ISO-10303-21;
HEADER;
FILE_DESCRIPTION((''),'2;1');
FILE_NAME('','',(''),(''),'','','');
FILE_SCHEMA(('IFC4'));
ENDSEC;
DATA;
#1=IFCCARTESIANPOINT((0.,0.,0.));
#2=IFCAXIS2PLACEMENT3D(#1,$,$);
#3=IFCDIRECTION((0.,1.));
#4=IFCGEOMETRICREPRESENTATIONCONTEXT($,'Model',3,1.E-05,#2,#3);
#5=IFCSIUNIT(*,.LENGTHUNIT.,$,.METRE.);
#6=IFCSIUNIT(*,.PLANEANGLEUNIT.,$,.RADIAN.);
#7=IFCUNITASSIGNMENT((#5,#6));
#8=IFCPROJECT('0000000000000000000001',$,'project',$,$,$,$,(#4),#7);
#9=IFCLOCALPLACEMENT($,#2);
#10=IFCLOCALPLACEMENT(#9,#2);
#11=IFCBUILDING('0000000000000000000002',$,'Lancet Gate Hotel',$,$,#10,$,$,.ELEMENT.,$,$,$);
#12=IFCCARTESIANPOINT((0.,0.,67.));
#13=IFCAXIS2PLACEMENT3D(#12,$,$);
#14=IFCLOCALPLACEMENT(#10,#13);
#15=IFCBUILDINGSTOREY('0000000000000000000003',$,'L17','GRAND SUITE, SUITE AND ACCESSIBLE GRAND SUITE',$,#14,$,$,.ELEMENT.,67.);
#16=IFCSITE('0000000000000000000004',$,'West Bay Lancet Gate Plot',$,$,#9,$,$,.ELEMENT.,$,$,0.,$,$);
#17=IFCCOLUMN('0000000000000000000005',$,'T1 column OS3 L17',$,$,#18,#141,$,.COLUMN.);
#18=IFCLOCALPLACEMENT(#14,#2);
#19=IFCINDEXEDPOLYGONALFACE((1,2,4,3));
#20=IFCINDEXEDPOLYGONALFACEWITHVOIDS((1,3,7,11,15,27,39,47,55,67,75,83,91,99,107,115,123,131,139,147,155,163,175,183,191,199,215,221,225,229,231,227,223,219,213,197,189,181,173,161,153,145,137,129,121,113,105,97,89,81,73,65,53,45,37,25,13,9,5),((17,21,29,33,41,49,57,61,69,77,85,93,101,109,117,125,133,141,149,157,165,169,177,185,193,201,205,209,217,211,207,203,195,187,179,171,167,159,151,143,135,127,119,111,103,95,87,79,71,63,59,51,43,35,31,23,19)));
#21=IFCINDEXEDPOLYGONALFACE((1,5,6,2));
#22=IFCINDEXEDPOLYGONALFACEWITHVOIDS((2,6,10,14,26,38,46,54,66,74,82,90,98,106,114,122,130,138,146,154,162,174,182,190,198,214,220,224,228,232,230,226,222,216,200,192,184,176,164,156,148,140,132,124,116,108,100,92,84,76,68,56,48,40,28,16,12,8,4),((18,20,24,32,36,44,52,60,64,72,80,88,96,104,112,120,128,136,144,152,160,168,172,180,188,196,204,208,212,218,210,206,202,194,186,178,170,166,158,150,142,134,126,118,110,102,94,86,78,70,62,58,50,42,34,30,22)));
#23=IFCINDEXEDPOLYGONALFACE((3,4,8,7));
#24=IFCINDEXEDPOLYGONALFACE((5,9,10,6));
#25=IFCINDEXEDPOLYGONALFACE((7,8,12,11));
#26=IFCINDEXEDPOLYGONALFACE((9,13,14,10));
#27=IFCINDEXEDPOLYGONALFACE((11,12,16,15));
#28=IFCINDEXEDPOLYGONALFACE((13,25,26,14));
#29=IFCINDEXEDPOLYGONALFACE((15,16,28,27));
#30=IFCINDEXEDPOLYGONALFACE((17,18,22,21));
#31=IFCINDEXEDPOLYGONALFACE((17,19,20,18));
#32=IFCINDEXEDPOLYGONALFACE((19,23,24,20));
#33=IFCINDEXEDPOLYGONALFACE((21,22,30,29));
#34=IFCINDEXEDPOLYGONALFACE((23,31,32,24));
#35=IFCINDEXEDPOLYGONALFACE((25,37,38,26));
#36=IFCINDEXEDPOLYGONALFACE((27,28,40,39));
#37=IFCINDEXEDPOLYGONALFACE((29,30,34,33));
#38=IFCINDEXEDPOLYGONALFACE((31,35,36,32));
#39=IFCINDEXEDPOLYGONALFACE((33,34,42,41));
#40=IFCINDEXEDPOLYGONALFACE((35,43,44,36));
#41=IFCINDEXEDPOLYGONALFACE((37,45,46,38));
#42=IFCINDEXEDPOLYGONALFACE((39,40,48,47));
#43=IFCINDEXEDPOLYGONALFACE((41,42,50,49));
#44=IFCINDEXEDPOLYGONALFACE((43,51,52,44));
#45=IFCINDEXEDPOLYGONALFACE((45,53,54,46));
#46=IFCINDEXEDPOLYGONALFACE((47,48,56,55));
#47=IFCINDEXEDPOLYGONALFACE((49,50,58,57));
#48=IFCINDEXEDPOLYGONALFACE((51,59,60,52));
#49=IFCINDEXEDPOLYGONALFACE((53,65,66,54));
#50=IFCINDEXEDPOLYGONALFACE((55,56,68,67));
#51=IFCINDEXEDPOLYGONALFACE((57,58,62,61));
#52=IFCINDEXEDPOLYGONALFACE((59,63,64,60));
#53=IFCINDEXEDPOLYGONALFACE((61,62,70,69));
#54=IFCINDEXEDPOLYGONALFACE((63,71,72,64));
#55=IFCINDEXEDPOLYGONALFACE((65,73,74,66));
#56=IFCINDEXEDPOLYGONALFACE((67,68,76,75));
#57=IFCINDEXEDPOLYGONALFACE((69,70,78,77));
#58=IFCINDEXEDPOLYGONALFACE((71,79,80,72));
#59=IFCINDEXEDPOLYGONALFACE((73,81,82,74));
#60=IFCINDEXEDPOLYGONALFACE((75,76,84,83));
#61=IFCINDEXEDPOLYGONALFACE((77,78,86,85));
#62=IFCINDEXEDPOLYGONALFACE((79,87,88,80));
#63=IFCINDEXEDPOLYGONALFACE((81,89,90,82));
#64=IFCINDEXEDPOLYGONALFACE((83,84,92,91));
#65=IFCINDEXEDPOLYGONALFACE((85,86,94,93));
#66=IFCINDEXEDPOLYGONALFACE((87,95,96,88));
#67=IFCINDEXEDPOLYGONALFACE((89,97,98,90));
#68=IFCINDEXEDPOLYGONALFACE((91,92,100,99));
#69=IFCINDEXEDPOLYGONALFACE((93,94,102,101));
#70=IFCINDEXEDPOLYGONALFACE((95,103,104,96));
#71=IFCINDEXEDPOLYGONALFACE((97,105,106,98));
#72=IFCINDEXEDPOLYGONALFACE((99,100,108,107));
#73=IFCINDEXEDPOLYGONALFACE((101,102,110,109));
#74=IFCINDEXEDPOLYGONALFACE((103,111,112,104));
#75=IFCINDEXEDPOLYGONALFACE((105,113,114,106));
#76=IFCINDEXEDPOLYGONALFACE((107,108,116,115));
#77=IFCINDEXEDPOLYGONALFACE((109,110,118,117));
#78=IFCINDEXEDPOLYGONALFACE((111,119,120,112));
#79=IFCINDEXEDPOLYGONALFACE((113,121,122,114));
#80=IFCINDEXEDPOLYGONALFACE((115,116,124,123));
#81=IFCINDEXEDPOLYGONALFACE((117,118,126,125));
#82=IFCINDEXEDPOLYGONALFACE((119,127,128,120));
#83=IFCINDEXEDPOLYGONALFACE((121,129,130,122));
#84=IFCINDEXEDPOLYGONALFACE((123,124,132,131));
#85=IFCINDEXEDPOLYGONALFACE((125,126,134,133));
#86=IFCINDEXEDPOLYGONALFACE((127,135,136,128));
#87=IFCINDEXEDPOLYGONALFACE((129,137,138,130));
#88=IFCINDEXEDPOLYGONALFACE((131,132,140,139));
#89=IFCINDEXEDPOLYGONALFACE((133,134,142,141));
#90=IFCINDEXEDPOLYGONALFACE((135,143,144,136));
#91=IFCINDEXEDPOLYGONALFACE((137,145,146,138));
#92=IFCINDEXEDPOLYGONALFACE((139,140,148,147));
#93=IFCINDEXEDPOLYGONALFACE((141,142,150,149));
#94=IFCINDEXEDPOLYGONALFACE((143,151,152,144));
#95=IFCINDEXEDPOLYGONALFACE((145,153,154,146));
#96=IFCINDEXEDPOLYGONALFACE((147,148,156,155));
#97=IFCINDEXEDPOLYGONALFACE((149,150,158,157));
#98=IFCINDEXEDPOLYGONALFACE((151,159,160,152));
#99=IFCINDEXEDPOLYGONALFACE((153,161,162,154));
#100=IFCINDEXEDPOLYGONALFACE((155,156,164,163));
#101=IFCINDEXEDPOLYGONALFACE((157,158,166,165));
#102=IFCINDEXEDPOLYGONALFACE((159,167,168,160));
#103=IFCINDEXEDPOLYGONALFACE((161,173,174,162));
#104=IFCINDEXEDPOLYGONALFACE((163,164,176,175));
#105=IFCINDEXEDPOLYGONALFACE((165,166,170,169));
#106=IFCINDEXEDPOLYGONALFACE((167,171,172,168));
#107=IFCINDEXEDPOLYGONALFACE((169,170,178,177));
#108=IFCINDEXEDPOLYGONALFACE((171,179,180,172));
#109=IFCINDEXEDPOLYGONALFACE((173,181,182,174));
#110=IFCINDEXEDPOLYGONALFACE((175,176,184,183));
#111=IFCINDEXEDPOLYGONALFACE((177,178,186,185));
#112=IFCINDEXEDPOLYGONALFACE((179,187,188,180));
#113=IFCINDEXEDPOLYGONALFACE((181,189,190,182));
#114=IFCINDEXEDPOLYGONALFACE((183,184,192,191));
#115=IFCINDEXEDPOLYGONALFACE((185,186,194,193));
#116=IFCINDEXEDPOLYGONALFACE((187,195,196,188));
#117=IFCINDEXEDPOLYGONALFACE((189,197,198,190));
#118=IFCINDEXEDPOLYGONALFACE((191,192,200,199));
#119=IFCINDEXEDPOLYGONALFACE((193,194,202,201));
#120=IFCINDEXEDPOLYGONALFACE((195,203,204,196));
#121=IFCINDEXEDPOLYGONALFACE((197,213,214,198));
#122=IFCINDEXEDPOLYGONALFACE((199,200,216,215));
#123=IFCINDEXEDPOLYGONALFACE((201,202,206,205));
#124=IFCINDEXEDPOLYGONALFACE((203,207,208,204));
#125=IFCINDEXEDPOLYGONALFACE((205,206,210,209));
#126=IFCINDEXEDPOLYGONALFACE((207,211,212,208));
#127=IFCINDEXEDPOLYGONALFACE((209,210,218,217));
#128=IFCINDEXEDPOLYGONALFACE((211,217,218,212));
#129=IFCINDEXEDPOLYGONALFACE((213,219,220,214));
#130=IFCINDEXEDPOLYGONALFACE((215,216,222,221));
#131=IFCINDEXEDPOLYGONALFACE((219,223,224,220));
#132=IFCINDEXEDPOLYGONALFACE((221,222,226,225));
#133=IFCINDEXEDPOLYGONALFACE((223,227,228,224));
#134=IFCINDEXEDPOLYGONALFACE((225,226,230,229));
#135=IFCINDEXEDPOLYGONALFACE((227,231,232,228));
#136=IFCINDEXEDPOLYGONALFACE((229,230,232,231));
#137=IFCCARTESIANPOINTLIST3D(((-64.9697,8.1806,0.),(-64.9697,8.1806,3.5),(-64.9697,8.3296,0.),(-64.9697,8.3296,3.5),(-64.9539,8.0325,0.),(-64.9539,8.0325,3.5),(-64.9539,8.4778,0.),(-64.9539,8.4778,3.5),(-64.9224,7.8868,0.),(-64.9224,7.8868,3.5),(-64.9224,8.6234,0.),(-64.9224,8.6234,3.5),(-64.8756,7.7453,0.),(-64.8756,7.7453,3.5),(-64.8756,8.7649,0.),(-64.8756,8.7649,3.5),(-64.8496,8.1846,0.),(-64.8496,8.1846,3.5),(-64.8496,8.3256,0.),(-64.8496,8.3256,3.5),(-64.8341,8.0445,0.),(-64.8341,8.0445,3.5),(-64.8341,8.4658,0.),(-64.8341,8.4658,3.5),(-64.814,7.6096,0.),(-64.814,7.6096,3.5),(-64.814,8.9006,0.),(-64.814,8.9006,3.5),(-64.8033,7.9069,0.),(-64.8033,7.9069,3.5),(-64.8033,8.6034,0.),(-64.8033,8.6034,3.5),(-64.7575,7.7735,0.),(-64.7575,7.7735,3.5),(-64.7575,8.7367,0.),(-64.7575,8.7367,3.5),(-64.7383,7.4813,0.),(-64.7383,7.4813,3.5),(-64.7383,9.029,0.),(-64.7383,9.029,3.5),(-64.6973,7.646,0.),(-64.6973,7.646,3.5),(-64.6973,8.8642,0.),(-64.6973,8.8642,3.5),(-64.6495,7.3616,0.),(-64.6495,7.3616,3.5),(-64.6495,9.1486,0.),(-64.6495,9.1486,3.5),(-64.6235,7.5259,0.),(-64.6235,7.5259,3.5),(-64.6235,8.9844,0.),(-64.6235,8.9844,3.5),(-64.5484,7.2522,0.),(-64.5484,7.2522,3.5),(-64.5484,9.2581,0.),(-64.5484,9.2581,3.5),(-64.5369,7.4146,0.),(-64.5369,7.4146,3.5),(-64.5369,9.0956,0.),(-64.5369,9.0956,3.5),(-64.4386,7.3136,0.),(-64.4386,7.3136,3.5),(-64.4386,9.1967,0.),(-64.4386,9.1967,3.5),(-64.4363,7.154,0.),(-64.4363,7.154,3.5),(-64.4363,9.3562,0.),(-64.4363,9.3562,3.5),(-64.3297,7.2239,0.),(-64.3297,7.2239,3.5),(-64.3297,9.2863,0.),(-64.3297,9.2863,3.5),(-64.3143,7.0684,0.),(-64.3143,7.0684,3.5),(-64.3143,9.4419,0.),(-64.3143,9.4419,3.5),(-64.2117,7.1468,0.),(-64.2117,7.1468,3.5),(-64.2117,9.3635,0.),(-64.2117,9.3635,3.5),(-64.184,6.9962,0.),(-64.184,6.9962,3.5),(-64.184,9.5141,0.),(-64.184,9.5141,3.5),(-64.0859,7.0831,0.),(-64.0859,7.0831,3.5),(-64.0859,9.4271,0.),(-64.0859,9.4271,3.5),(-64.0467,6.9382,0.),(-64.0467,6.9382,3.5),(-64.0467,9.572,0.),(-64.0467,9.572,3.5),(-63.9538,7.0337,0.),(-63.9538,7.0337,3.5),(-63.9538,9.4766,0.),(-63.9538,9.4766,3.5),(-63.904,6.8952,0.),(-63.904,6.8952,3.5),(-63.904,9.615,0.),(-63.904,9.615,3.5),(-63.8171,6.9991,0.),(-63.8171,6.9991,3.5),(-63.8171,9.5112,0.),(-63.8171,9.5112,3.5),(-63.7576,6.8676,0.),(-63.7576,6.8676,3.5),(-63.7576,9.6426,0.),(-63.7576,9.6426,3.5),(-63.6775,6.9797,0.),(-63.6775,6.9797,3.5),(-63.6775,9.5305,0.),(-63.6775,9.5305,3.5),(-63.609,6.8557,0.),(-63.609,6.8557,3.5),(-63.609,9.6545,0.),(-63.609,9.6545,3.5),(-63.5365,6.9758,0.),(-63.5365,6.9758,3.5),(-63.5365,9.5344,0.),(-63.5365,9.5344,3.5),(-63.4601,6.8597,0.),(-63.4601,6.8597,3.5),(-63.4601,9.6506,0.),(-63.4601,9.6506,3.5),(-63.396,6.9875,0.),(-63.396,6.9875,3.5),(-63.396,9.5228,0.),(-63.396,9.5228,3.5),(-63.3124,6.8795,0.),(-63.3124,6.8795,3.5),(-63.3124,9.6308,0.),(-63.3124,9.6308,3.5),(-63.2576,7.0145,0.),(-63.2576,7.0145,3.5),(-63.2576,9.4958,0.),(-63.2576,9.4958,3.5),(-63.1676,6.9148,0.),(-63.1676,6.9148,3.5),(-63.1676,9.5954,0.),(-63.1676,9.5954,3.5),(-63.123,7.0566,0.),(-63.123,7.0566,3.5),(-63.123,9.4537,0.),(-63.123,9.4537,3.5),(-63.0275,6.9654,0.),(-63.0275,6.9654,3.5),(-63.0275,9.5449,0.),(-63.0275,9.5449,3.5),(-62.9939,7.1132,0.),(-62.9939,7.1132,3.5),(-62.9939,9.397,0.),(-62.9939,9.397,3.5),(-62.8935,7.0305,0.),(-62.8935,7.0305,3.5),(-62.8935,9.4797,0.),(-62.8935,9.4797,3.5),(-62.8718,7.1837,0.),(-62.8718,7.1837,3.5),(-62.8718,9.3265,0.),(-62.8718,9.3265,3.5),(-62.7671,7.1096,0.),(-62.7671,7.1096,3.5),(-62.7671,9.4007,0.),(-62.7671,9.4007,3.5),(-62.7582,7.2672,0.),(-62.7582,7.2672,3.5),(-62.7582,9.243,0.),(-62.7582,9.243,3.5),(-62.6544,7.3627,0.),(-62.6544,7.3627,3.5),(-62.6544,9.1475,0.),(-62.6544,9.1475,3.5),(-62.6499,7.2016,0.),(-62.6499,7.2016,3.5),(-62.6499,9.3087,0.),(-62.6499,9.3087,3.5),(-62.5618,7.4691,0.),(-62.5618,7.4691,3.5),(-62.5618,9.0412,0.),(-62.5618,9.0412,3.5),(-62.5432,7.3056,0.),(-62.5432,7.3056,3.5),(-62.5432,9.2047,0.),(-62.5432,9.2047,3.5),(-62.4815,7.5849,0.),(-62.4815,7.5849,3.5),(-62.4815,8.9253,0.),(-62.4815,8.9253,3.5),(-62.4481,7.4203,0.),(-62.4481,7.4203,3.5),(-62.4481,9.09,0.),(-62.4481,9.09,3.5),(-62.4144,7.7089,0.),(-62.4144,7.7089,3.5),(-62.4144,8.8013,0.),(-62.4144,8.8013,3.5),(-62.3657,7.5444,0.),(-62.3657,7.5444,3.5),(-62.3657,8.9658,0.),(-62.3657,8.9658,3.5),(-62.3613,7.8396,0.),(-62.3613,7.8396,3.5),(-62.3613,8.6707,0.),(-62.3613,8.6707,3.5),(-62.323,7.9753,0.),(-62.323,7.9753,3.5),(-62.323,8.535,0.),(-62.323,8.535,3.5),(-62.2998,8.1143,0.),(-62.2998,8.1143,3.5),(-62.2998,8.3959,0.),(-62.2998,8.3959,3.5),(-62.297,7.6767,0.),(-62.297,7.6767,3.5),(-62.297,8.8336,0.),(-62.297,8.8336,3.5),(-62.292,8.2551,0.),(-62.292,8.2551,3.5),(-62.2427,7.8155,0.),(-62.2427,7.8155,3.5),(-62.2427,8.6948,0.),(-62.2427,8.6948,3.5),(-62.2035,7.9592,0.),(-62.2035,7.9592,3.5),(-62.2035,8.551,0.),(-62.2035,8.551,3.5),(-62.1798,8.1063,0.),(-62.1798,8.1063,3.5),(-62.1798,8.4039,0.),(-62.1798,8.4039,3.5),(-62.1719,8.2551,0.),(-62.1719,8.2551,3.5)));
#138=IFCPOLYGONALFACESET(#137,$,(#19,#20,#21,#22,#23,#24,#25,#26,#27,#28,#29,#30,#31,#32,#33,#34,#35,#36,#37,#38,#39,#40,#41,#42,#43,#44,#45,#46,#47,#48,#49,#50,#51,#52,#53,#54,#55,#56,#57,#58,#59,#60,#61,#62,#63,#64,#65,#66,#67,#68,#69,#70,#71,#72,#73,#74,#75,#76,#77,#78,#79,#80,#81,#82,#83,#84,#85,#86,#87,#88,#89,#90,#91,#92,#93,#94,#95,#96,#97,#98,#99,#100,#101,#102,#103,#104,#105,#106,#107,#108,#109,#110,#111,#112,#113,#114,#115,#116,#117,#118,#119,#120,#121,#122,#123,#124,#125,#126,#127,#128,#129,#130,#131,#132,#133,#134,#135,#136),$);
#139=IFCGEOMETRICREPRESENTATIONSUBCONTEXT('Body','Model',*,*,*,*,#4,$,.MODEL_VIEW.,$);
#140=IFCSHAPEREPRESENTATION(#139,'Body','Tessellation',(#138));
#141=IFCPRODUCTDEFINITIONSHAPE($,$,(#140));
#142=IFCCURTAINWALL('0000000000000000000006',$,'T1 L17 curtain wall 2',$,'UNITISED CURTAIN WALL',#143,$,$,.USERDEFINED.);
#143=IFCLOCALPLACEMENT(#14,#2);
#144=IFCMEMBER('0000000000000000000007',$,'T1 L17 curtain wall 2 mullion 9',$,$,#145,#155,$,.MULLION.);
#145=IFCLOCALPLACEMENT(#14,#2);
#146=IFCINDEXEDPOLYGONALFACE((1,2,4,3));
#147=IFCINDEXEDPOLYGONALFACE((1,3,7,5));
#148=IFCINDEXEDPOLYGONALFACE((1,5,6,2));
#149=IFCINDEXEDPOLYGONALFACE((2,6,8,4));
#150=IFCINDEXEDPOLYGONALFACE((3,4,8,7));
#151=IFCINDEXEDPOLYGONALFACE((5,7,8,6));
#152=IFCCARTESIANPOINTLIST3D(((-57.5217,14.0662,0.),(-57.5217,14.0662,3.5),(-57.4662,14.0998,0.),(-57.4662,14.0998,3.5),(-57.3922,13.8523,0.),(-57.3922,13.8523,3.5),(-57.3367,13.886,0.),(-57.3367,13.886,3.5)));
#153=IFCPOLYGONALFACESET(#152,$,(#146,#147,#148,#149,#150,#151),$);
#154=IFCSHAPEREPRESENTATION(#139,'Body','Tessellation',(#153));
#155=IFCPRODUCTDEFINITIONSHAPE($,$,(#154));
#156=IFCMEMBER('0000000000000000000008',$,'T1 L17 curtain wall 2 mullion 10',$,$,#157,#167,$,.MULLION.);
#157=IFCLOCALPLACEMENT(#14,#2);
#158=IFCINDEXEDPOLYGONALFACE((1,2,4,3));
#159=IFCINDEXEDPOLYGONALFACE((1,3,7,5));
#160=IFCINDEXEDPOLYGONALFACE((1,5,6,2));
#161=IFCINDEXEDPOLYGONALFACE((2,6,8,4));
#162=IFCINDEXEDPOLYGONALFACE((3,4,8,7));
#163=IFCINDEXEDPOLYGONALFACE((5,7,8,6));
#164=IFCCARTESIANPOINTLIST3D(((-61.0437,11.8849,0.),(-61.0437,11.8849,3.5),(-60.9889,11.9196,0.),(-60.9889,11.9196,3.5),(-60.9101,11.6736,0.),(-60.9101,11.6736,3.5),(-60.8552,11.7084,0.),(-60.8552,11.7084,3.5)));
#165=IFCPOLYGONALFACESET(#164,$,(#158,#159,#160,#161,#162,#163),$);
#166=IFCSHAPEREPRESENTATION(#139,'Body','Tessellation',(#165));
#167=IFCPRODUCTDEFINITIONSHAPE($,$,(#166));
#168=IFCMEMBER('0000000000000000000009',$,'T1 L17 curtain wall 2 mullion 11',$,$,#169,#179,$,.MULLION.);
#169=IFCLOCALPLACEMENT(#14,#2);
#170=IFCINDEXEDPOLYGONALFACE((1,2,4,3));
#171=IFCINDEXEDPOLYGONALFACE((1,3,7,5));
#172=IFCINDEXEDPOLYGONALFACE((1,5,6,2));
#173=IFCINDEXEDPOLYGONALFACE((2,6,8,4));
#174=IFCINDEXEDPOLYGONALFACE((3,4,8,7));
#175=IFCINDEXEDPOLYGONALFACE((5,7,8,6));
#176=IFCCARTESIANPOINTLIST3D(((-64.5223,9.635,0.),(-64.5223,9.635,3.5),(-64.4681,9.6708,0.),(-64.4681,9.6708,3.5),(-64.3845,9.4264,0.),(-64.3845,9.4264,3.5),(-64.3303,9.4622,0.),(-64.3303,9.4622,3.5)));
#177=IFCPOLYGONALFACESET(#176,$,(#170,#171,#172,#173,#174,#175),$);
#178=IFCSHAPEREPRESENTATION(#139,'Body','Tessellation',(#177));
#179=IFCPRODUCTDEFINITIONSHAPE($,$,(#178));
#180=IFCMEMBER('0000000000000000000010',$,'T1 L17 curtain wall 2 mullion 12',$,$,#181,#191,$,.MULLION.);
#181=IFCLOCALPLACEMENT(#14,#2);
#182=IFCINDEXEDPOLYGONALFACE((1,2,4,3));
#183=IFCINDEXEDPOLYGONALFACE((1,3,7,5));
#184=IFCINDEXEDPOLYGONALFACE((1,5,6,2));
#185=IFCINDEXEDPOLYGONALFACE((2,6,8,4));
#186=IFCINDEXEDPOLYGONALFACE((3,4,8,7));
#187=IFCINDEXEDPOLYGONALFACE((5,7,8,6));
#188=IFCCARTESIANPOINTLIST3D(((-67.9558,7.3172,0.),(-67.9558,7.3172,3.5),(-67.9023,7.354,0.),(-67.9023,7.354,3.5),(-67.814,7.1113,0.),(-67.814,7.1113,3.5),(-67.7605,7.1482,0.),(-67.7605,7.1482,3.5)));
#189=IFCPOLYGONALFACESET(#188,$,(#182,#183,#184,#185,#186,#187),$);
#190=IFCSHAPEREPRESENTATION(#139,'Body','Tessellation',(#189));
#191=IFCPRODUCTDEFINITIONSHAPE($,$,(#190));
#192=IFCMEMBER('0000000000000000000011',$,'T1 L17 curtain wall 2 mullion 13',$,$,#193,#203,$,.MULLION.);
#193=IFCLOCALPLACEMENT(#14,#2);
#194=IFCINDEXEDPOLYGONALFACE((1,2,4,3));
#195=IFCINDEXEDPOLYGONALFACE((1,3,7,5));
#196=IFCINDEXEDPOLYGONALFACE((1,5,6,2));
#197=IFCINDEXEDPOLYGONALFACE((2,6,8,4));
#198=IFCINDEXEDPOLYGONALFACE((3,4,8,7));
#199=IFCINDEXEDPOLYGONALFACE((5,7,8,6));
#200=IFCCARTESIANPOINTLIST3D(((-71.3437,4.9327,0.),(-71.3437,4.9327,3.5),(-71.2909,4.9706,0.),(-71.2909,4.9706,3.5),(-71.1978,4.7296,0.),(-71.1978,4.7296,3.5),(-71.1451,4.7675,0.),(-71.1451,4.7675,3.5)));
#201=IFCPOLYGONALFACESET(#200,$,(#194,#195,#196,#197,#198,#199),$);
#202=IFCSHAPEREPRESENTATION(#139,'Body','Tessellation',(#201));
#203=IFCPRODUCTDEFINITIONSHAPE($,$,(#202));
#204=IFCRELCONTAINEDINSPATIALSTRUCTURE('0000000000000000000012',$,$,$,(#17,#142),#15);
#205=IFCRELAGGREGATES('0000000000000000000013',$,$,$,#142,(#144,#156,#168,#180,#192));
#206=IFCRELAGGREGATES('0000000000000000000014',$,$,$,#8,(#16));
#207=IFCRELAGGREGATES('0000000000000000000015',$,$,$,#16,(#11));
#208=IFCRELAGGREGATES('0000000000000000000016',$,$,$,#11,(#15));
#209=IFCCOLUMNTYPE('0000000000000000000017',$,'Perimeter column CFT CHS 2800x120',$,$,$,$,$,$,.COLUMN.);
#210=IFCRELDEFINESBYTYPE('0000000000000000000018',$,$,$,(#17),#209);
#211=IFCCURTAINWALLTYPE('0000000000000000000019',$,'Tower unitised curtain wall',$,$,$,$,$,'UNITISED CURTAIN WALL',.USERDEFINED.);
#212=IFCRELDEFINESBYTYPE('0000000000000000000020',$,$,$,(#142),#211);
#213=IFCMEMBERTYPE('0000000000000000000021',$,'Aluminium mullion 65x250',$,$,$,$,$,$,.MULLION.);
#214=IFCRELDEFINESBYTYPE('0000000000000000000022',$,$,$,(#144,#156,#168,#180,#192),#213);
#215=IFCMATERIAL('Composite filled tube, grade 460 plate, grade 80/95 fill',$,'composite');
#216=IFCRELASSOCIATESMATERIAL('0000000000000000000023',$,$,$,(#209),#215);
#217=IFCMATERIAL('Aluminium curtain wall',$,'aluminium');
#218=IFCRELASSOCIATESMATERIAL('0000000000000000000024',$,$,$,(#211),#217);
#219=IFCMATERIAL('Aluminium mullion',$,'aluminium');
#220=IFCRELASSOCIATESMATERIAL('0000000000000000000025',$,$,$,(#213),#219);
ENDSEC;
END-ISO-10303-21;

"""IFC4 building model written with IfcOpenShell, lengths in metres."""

from ifc_helpers import new_model, si_unit, direction, frame, origin, origin_2d, place, context, subcontext, project, spatial, rectangle, hollow_circle, extrude, material, material_profile, profile_set, type_object, element, aggregate, save


model = new_model("IFC4")

# Units and contexts
model_context = context("Model", 3, precision=1e-05, world=origin(), true_north=direction((0.0, 1.0)))
body_context = subcontext(model_context, "Body", "Model", "MODEL_VIEW")
ifc_project = project(units=[si_unit("LENGTHUNIT", "METRE"), si_unit("PLANEANGLEUNIT", "RADIAN")], contexts=[model_context])

# Site, building, storey
site_placement = place(None, origin())
site = spatial("IfcSite", under=ifc_project, at=site_placement, Name="West Bay Lancet Gate Plot", CompositionType="ELEMENT", RefElevation=0.0)
building_placement = place(site_placement, origin())
building = spatial("IfcBuilding", under=site, at=building_placement, Name="Lancet Gate Hotel", CompositionType="ELEMENT")
storey_placement = place(building_placement, frame((0.0, 0.0, 67.0)))
storey = spatial("IfcBuildingStorey", under=building, at=storey_placement, Name="L17", Description="GRAND SUITE, SUITE AND ACCESSIBLE GRAND SUITE", CompositionType="ELEMENT", Elevation=67.0)

# Column
ifc_material_1 = material(Name="Composite filled tube, grade 460 plate, grade 80/95 fill", Category="composite")
ifc_material_profile_1 = material_profile(ifc_material_1, hollow_circle(Radius=1.3999, WallThickness=0.1201, at=origin_2d()), Name="CHS 2800x120")
ifc_profile_set_1 = profile_set([ifc_material_profile_1], Name="Composite filled tube, grade 460 plate, grade 80/95 fill")
column_type = type_object("IfcColumnType", Name="Perimeter column CFT CHS 2800x120", PredefinedType="COLUMN", material=ifc_profile_set_1)
column_placement = place(storey_placement, frame((-63.5718, 8.2551, 0.0), z_axis=(0.0, 0.0, 1.0), x_axis=(1.0, 0.0, 0.0)))
element("IfcColumn", 1, at=column_placement, inside=storey, type_object=column_type, Name="T1 column OS3 L17", PredefinedType="COLUMN", context=body_context, shape_type="SweptSolid", body=[
    extrude(hollow_circle(Radius=1.3999, WallThickness=0.1201, at=origin_2d()), origin(), (0.0, 0.0, 1.0), 3.5),
])

# Curtain wall, members
ifc_material_2 = material(Name="Aluminium curtain wall", Category="aluminium")
curtain_wall_type = type_object("IfcCurtainWallType", Name="Tower unitised curtain wall", ElementType="UNITISED CURTAIN WALL", PredefinedType="USERDEFINED", material=ifc_material_2)
curtain_wall_placement = place(storey_placement, origin())
curtain_wall = element("IfcCurtainWall", 2, at=curtain_wall_placement, inside=storey, type_object=curtain_wall_type, Name="T1 L17 curtain wall 2", ObjectType="UNITISED CURTAIN WALL", PredefinedType="USERDEFINED")
ifc_material_3 = material(Name="Aluminium mullion", Category="aluminium")
ifc_material_profile_2 = material_profile(ifc_material_3, rectangle(XDim=0.0649, YDim=0.25, at=origin_2d()), Name="MULLION 65x250")
ifc_profile_set_2 = profile_set([ifc_material_profile_2], Name="Aluminium mullion")
member_type_1 = type_object("IfcMemberType", Name="Aluminium mullion 65x250", PredefinedType="MULLION", material=ifc_profile_set_2)
member_1_placement = place(storey_placement, frame((-57.4292, 13.9761, 0.0), z_axis=(0.0, 0.0, 1.0), x_axis=(-0.855346, -0.518057, 0.0)))
member_1 = element("IfcMember", 3, at=member_1_placement, type_object=member_type_1, Name="T1 L17 curtain wall 2 mullion 9", PredefinedType="MULLION", context=body_context, shape_type="SweptSolid", body=[
    extrude(rectangle(XDim=0.0649, YDim=0.25, at=origin_2d()), origin(), (0.0, 0.0, 1.0), 3.5),
])
member_2_placement = place(storey_placement, frame((-60.9495, 11.7966, 0.0), z_axis=(0.0, 0.0, 1.0), x_axis=(-0.845029, -0.53472, 0.0)))
member_2 = element("IfcMember", 4, at=member_2_placement, type_object=member_type_1, Name="T1 L17 curtain wall 2 mullion 10", PredefinedType="MULLION", context=body_context, shape_type="SweptSolid", body=[
    extrude(rectangle(XDim=0.0649, YDim=0.25, at=origin_2d()), origin(), (0.0, 0.0, 1.0), 3.5),
])
member_3_placement = place(storey_placement, frame((-64.4263, 9.5486, 0.0), z_axis=(0.0, 0.0, 1.0), x_axis=(-0.834387, -0.551178, 0.0)))
member_3 = element("IfcMember", 5, at=member_3_placement, type_object=member_type_1, Name="T1 L17 curtain wall 2 mullion 11", PredefinedType="MULLION", context=body_context, shape_type="SweptSolid", body=[
    extrude(rectangle(XDim=0.0649, YDim=0.25, at=origin_2d()), origin(), (0.0, 0.0, 1.0), 3.5),
])
member_4_placement = place(storey_placement, frame((-67.8582, 7.2327, 0.0), z_axis=(0.0, 0.0, 1.0), x_axis=(-0.823425, -0.567425, 0.0)))
member_4 = element("IfcMember", 6, at=member_4_placement, type_object=member_type_1, Name="T1 L17 curtain wall 2 mullion 12", PredefinedType="MULLION", context=body_context, shape_type="SweptSolid", body=[
    extrude(rectangle(XDim=0.0649, YDim=0.25, at=origin_2d()), origin(), (0.0, 0.0, 1.0), 3.5),
])
member_5_placement = place(storey_placement, frame((-71.2444, 4.8501, 0.0), z_axis=(0.0, 0.0, 1.0), x_axis=(-0.812147, -0.583453, 0.0)))
member_5 = element("IfcMember", 7, at=member_5_placement, type_object=member_type_1, Name="T1 L17 curtain wall 2 mullion 13", PredefinedType="MULLION", context=body_context, shape_type="SweptSolid", body=[
    extrude(rectangle(XDim=0.0649, YDim=0.25, at=origin_2d()), origin(), (0.0, 0.0, 1.0), 3.5),
])

aggregate(curtain_wall, [member_1, member_2, member_3, member_4, member_5])

save(model, "model.ifc")
